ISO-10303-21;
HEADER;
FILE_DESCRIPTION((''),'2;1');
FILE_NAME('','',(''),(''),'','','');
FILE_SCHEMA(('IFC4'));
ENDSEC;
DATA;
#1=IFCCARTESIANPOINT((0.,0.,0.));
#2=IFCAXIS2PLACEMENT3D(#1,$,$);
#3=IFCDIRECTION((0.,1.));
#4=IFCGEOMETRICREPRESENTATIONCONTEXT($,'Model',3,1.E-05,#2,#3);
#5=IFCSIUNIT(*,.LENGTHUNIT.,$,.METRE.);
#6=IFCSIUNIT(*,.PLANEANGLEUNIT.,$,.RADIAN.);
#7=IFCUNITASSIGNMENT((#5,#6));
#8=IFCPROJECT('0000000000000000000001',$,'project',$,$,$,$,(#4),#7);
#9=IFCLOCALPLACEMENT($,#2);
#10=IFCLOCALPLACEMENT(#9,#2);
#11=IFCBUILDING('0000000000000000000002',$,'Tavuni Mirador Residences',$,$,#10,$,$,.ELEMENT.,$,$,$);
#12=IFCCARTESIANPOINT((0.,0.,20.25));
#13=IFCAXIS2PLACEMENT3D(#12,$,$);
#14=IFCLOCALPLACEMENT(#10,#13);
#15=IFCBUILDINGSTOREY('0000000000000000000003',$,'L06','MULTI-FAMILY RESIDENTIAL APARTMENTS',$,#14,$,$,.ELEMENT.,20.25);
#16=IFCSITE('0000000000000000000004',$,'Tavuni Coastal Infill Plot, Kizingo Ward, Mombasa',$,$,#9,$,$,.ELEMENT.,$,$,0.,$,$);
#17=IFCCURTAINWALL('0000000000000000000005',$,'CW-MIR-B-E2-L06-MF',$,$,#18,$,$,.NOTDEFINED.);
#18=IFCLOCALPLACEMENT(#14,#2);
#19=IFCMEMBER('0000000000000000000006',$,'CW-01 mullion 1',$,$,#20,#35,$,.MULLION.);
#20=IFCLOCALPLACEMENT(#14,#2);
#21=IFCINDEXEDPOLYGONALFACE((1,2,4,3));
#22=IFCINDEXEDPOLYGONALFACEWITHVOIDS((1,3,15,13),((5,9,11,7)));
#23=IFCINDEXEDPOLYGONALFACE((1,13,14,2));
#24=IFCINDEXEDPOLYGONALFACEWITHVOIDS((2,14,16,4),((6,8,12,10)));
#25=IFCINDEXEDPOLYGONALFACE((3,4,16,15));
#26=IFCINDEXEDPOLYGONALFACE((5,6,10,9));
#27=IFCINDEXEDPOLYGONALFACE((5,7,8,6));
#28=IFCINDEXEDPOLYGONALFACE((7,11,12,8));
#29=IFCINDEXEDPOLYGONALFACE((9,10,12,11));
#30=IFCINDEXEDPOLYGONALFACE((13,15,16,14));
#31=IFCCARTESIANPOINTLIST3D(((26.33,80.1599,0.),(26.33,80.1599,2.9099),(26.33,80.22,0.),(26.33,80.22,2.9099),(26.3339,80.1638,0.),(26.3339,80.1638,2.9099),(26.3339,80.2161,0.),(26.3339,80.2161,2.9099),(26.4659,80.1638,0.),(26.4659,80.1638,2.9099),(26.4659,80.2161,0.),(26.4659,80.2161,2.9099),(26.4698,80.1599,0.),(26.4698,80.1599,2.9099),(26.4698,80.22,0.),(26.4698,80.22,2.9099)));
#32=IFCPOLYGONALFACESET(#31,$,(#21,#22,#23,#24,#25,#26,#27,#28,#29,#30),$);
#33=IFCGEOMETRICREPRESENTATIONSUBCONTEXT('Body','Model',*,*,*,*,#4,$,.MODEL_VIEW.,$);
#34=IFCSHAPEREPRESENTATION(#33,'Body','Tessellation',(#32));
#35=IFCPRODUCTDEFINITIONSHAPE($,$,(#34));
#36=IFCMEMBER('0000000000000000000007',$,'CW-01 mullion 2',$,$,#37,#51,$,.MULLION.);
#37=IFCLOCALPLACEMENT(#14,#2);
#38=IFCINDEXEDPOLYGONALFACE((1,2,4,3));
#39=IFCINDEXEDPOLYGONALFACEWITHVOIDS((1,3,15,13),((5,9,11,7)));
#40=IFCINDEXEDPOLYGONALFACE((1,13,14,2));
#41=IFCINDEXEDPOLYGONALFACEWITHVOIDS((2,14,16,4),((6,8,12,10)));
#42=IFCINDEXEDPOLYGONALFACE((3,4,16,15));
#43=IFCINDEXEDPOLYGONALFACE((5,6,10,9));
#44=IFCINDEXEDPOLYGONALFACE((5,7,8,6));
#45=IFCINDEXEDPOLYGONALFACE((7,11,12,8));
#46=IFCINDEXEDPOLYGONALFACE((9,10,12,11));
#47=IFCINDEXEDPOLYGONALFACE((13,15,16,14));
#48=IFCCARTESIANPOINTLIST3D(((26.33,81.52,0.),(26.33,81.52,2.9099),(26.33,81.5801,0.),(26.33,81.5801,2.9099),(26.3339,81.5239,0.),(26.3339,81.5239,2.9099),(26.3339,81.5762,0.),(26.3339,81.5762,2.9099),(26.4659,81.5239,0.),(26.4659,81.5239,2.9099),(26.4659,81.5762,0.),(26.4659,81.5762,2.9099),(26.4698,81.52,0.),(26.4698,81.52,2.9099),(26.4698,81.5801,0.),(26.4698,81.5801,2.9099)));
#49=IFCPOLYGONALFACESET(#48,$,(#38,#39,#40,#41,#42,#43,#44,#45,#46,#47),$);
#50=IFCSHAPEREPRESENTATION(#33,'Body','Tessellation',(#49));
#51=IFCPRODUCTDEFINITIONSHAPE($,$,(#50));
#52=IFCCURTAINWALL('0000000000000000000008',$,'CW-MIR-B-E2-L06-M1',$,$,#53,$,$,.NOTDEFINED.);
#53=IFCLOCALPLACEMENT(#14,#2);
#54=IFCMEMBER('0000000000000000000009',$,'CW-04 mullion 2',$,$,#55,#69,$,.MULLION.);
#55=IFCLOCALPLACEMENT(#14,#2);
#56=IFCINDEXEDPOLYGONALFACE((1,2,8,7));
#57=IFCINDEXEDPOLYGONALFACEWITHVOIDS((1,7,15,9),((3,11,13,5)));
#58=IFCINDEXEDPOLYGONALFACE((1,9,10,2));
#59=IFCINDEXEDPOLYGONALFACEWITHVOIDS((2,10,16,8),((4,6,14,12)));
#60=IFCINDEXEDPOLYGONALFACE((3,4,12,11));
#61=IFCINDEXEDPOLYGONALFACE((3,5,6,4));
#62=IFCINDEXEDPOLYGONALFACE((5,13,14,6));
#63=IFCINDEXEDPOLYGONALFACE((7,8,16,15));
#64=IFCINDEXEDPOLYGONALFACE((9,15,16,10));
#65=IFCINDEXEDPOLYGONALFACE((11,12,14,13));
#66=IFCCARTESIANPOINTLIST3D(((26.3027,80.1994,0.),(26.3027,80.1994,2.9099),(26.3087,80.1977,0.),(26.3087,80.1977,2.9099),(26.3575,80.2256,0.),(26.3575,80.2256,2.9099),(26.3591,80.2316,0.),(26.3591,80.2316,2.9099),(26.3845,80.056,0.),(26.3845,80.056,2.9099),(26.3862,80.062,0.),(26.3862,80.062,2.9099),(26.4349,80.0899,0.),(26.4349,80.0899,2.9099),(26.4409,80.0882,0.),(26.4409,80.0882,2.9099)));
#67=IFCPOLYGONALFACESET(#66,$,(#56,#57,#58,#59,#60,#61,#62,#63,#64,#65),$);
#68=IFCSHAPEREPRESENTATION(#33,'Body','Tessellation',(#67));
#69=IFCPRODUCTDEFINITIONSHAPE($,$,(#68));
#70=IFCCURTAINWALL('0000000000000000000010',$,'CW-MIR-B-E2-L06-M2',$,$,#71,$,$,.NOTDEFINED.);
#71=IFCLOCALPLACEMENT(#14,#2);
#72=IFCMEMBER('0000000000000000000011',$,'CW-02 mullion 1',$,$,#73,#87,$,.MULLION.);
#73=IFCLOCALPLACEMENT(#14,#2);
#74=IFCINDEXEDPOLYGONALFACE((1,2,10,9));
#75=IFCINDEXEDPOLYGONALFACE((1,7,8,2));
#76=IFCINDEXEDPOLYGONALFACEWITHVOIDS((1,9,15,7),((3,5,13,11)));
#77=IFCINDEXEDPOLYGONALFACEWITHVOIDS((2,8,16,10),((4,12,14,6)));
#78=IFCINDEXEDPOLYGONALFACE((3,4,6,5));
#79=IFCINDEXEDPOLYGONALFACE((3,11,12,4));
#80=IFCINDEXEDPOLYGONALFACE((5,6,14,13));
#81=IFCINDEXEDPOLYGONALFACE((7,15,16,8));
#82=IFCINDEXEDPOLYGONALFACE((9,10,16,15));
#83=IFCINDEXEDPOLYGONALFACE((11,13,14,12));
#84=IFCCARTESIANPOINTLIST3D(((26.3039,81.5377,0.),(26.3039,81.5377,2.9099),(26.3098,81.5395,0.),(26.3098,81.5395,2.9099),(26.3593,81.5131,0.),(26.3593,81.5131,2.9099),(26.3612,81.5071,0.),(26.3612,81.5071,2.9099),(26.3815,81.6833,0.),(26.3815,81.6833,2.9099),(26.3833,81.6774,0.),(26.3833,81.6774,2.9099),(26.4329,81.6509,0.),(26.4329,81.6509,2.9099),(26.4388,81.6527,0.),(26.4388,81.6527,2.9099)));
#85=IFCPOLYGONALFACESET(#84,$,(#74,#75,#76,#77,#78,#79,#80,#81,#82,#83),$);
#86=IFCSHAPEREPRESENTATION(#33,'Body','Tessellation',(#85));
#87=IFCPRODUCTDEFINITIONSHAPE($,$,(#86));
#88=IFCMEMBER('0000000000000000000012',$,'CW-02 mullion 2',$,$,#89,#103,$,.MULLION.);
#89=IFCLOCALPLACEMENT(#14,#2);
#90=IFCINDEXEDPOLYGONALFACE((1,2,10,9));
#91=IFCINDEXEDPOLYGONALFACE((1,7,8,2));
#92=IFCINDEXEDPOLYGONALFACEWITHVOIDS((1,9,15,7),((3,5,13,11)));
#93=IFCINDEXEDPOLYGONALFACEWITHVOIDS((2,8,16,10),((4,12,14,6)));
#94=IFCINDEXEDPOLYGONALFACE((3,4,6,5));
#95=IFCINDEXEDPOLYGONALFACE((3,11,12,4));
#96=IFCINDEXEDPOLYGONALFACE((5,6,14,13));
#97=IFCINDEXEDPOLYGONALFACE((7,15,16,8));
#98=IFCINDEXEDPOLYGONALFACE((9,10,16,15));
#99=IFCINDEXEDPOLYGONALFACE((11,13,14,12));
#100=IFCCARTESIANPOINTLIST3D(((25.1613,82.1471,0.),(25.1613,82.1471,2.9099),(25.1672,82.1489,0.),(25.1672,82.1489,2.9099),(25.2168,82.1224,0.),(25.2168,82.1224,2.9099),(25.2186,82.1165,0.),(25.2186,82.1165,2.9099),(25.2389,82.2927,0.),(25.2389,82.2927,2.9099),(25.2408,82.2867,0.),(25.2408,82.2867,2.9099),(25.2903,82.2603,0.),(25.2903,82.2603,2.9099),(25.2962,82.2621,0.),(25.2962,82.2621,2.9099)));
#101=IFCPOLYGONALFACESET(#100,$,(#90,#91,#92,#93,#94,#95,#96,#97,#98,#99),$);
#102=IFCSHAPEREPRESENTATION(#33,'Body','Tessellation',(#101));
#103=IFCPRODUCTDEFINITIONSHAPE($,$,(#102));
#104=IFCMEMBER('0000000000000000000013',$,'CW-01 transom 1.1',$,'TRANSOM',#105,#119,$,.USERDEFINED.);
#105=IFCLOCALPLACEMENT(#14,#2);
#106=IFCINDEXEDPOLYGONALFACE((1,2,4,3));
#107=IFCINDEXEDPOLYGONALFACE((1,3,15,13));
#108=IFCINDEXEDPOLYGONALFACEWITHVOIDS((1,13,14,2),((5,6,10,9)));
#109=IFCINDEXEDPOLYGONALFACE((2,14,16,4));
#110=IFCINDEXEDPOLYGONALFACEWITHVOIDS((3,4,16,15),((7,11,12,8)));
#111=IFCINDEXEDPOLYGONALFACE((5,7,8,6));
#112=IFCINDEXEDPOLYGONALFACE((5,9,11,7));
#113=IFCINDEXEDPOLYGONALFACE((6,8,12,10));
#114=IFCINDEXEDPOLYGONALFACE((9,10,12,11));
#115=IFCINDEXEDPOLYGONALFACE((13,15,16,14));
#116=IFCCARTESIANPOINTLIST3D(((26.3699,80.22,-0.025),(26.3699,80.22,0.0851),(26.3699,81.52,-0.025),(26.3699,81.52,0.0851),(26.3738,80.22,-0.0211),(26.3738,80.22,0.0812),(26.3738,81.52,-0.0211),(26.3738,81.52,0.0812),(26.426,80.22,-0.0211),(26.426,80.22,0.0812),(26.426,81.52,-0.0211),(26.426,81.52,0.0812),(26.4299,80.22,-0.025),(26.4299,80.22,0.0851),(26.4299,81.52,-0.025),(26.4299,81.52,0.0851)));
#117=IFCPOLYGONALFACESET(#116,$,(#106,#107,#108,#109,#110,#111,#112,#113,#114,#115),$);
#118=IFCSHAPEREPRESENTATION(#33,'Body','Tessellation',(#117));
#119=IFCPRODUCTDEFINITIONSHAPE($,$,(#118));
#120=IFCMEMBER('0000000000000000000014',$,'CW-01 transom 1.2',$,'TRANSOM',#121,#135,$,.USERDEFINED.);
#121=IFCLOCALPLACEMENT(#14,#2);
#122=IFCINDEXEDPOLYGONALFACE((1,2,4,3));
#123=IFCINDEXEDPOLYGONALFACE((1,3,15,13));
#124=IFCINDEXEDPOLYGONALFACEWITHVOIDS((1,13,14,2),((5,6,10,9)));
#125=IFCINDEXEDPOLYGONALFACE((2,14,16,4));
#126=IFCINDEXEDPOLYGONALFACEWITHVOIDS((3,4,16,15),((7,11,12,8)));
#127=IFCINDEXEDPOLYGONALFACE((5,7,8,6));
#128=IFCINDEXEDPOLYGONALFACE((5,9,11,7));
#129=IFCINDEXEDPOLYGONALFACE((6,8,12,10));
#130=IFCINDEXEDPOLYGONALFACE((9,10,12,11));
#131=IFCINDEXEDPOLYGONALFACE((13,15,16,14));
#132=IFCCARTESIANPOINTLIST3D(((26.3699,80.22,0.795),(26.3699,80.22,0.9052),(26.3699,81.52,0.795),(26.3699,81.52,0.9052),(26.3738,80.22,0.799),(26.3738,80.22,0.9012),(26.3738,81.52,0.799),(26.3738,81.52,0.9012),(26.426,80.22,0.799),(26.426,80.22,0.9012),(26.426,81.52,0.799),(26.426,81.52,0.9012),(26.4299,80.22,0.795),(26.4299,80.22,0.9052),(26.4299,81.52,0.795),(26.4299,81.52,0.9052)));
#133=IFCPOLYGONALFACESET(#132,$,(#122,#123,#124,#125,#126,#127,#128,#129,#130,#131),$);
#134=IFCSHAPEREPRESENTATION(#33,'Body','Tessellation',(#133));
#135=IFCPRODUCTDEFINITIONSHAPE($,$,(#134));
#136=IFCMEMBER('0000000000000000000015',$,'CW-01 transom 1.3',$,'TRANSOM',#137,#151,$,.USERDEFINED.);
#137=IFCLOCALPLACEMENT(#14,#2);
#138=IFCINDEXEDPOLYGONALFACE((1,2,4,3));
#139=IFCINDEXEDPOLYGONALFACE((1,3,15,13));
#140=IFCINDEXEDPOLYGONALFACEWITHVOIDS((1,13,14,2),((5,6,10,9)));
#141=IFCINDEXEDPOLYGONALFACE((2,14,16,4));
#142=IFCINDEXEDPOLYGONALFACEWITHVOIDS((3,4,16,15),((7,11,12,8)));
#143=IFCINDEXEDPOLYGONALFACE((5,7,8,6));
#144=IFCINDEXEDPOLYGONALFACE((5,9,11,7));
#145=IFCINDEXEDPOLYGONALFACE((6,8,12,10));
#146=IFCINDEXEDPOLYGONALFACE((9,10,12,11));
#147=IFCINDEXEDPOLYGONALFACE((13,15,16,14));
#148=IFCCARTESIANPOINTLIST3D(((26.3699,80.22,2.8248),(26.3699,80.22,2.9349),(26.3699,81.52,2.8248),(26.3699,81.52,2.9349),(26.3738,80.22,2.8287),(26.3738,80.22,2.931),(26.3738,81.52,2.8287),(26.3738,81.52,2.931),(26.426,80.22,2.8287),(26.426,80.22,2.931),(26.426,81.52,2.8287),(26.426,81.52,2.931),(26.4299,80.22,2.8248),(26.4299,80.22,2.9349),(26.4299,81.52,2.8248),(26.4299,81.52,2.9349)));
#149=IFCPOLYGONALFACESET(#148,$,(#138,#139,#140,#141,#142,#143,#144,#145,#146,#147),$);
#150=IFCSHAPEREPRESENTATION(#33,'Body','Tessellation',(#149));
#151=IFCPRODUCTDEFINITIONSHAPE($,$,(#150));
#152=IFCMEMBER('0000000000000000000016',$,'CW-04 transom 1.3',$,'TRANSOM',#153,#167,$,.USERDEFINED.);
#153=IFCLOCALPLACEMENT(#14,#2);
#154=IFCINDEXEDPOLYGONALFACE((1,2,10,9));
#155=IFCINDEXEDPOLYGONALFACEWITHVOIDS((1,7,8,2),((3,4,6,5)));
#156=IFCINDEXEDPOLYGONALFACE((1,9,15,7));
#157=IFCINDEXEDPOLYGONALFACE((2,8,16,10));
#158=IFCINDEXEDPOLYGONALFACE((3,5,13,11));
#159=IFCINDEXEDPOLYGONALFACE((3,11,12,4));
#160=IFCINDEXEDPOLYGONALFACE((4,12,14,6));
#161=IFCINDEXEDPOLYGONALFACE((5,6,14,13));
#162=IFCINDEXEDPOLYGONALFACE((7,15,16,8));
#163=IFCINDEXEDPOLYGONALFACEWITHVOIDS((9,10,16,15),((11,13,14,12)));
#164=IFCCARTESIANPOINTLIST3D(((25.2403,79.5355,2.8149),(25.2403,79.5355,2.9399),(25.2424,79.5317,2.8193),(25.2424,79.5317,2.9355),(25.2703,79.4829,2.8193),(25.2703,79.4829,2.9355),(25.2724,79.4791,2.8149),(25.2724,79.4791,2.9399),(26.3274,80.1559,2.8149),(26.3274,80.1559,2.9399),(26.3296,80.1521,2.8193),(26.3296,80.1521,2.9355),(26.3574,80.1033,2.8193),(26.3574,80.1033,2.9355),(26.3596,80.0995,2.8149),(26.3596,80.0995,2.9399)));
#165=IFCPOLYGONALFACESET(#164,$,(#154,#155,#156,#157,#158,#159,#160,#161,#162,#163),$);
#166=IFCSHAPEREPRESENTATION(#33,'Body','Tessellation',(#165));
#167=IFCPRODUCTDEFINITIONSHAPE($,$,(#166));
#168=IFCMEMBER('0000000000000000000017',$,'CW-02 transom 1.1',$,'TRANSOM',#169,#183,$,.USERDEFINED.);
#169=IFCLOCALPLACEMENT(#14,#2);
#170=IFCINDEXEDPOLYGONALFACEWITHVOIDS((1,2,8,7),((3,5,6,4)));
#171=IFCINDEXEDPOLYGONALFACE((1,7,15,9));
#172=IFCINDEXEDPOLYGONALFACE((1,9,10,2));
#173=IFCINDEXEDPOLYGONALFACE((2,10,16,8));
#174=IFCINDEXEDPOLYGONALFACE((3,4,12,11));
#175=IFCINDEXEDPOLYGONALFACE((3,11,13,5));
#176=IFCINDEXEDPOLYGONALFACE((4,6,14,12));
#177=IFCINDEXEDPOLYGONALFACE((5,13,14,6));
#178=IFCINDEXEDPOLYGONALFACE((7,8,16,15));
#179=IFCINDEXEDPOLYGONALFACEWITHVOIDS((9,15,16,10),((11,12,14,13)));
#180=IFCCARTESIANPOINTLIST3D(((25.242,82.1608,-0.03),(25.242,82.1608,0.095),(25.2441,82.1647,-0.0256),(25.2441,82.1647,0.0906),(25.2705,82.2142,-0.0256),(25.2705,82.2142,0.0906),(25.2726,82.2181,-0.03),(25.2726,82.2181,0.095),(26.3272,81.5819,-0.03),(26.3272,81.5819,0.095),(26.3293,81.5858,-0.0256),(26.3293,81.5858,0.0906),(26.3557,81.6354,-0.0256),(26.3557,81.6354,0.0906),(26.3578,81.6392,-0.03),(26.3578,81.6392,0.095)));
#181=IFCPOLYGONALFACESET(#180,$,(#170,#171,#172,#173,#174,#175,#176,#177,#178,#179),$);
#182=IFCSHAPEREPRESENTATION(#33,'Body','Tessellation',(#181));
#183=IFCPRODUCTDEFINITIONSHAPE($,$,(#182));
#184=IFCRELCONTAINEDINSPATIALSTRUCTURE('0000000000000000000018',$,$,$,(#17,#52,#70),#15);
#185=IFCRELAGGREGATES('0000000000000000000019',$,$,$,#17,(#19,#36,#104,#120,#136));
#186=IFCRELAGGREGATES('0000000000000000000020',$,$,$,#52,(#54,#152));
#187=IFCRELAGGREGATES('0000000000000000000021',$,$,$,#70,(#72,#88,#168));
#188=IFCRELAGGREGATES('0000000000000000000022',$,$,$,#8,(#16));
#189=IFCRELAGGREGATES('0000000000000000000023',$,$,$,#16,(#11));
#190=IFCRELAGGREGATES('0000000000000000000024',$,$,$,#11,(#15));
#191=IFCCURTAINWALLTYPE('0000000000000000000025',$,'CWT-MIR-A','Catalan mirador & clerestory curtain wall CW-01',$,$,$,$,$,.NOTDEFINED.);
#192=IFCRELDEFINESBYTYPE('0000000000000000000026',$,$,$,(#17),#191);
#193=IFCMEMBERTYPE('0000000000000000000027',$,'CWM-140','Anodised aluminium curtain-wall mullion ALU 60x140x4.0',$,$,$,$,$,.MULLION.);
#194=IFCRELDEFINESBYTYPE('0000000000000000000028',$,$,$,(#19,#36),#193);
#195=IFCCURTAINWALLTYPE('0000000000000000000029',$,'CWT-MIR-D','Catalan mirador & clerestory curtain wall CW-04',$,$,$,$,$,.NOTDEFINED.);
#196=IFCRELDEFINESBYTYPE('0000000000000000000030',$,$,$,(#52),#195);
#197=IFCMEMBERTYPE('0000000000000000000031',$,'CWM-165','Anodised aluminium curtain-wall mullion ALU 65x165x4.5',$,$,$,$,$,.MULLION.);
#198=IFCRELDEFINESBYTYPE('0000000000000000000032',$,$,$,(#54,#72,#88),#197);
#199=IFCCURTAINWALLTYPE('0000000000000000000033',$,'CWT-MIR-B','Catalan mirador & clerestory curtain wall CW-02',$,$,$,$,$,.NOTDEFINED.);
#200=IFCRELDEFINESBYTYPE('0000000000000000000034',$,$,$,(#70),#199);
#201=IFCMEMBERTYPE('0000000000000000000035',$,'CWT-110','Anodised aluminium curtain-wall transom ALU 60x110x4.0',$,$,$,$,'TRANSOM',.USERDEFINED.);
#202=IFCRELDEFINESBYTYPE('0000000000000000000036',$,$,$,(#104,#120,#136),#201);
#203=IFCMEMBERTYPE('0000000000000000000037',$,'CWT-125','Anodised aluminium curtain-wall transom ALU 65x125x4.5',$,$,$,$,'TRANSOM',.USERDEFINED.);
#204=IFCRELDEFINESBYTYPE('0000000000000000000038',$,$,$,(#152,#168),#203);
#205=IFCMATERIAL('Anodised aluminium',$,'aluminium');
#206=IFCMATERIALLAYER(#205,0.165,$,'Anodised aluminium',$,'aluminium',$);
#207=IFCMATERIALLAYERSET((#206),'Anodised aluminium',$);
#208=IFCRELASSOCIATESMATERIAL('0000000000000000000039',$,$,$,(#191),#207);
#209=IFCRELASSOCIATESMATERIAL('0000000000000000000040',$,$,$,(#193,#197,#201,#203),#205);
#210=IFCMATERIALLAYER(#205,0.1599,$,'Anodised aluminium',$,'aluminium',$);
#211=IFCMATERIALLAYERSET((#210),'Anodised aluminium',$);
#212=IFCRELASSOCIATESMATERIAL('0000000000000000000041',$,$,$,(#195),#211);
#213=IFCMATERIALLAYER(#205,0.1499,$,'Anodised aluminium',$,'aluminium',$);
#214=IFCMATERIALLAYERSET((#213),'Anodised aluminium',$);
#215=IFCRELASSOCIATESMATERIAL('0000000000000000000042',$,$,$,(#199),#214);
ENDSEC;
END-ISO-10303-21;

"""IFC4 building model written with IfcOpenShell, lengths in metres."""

from ifc_helpers import new_model, si_unit, direction, frame, origin, origin_2d, place, context, subcontext, project, spatial, hollow_rectangle, extrude, material, layer, layer_set, material_profile, profile_set, type_object, element, aggregate, save


model = new_model("IFC4")

# Units and contexts
model_context = context("Model", 3, precision=1e-05, world=origin(), true_north=direction((0.0, 1.0)))
body_context = subcontext(model_context, "Body", "Model", "MODEL_VIEW")
ifc_project = project(units=[si_unit("LENGTHUNIT", "METRE"), si_unit("PLANEANGLEUNIT", "RADIAN")], contexts=[model_context])

# Site, building, storey
site_placement = place(None, origin())
site = spatial("IfcSite", under=ifc_project, at=site_placement, Name="Tavuni Coastal Infill Plot, Kizingo Ward, Mombasa", CompositionType="ELEMENT", RefElevation=0.0)
building_placement = place(site_placement, origin())
building = spatial("IfcBuilding", under=site, at=building_placement, Name="Tavuni Mirador Residences", CompositionType="ELEMENT")
storey_placement = place(building_placement, frame((0.0, 0.0, 20.25)))
storey = spatial("IfcBuildingStorey", under=building, at=storey_placement, Name="L06", Description="MULTI-FAMILY RESIDENTIAL APARTMENTS", CompositionType="ELEMENT", Elevation=20.25)

# Curtain wall, members
ifc_material_1 = material(Name="Anodised aluminium", Category="aluminium")
ifc_layer_1 = layer(ifc_material_1, 0.165, Name="Anodised aluminium", Category="aluminium")
ifc_layer_set_1 = layer_set([ifc_layer_1], Name="Anodised aluminium")
curtain_wall_type_1 = type_object("IfcCurtainWallType", Name="CWT-MIR-A", Description="Catalan mirador & clerestory curtain wall CW-01", PredefinedType="NOTDEFINED", material=ifc_layer_set_1)
curtain_wall_1_placement = place(storey_placement, origin())
curtain_wall_1 = element("IfcCurtainWall", 1, at=curtain_wall_1_placement, inside=storey, type_object=curtain_wall_type_1, Name="CW-MIR-B-E2-L06-MF", PredefinedType="NOTDEFINED")
ifc_material_profile_1 = material_profile(ifc_material_1, hollow_rectangle(XDim=0.0601, YDim=0.1399, WallThickness=0.0039, at=origin_2d()), Name="ALU 60x140x4.0", Category="aluminium")
ifc_profile_set_1 = profile_set([ifc_material_profile_1], Name="Anodised aluminium")
member_type_1 = type_object("IfcMemberType", Name="CWM-140", Description="Anodised aluminium curtain-wall mullion ALU 60x140x4.0", PredefinedType="MULLION", material=ifc_profile_set_1)
member_1_placement = place(storey_placement, frame((26.3999, 80.1899, 0.0), z_axis=(0.0, 0.0, 1.0), x_axis=(0.0, 1.0, 0.0)))
member_1 = element("IfcMember", 2, at=member_1_placement, type_object=member_type_1, Name="CW-01 mullion 1", PredefinedType="MULLION", context=body_context, shape_type="SweptSolid", body=[
    extrude(hollow_rectangle(XDim=0.0601, YDim=0.1399, WallThickness=0.0039, at=origin_2d()), origin(), (0.0, 0.0, 1.0), 2.9099),
])
member_2_placement = place(storey_placement, frame((26.3999, 81.55, 0.0), z_axis=(0.0, 0.0, 1.0), x_axis=(0.0, 1.0, 0.0)))
member_2 = element("IfcMember", 3, at=member_2_placement, type_object=member_type_1, Name="CW-01 mullion 2", PredefinedType="MULLION", context=body_context, shape_type="SweptSolid", body=[
    extrude(hollow_rectangle(XDim=0.0601, YDim=0.1399, WallThickness=0.0039, at=origin_2d()), origin(), (0.0, 0.0, 1.0), 2.9099),
])

# Curtain wall, member
ifc_layer_2 = layer(ifc_material_1, 0.1599, Name="Anodised aluminium", Category="aluminium")
ifc_layer_set_2 = layer_set([ifc_layer_2], Name="Anodised aluminium")
curtain_wall_type_2 = type_object("IfcCurtainWallType", Name="CWT-MIR-D", Description="Catalan mirador & clerestory curtain wall CW-04", PredefinedType="NOTDEFINED", material=ifc_layer_set_2)
curtain_wall_2_placement = place(storey_placement, origin())
curtain_wall_2 = element("IfcCurtainWall", 4, at=curtain_wall_2_placement, inside=storey, type_object=curtain_wall_type_2, Name="CW-MIR-B-E2-L06-M1", PredefinedType="NOTDEFINED")
ifc_material_profile_2 = material_profile(ifc_material_1, hollow_rectangle(XDim=0.0649, YDim=0.165, WallThickness=0.0044, at=origin_2d()), Name="ALU 65x165x4.5", Category="aluminium")
ifc_profile_set_2 = profile_set([ifc_material_profile_2], Name="Anodised aluminium")
member_type_2 = type_object("IfcMemberType", Name="CWM-165", Description="Anodised aluminium curtain-wall mullion ALU 65x165x4.5", PredefinedType="MULLION", material=ifc_profile_set_2)
member_3_placement = place(storey_placement, frame((26.3718, 80.1438, 0.0), z_axis=(0.0, 0.0, 1.0), x_axis=(0.868466, 0.495749, 0.0)))
member_3 = element("IfcMember", 5, at=member_3_placement, type_object=member_type_2, Name="CW-04 mullion 2", PredefinedType="MULLION", context=body_context, shape_type="SweptSolid", body=[
    extrude(hollow_rectangle(XDim=0.0649, YDim=0.165, WallThickness=0.0044, at=origin_2d()), origin(), (0.0, 0.0, 1.0), 2.9099),
])

# Curtain wall, members
ifc_layer_3 = layer(ifc_material_1, 0.1499, Name="Anodised aluminium", Category="aluminium")
ifc_layer_set_3 = layer_set([ifc_layer_3], Name="Anodised aluminium")
curtain_wall_type_3 = type_object("IfcCurtainWallType", Name="CWT-MIR-B", Description="Catalan mirador & clerestory curtain wall CW-02", PredefinedType="NOTDEFINED", material=ifc_layer_set_3)
curtain_wall_3_placement = place(storey_placement, origin())
curtain_wall_3 = element("IfcCurtainWall", 6, at=curtain_wall_3_placement, inside=storey, type_object=curtain_wall_type_3, Name="CW-MIR-B-E2-L06-M2", PredefinedType="NOTDEFINED")
member_4_placement = place(storey_placement, frame((26.3713, 81.5952, 0.0), z_axis=(0.0, 0.0, 1.0), x_axis=(-0.882353, 0.470588, 0.0)))
member_4 = element("IfcMember", 7, at=member_4_placement, type_object=member_type_2, Name="CW-02 mullion 1", PredefinedType="MULLION", context=body_context, shape_type="SweptSolid", body=[
    extrude(hollow_rectangle(XDim=0.0649, YDim=0.165, WallThickness=0.0044, at=origin_2d()), origin(), (0.0, 0.0, 1.0), 2.9099),
])
member_5_placement = place(storey_placement, frame((25.2288, 82.2046, 0.0), z_axis=(0.0, 0.0, 1.0), x_axis=(-0.882353, 0.470588, 0.0)))
member_5 = element("IfcMember", 8, at=member_5_placement, type_object=member_type_2, Name="CW-02 mullion 2", PredefinedType="MULLION", context=body_context, shape_type="SweptSolid", body=[
    extrude(hollow_rectangle(XDim=0.0649, YDim=0.165, WallThickness=0.0044, at=origin_2d()), origin(), (0.0, 0.0, 1.0), 2.9099),
])

# Members
ifc_material_profile_3 = material_profile(ifc_material_1, hollow_rectangle(XDim=0.0601, YDim=0.1101, WallThickness=0.0039, at=origin_2d()), Name="ALU 60x110x4.0", Category="aluminium")
ifc_profile_set_3 = profile_set([ifc_material_profile_3], Name="Anodised aluminium")
member_type_3 = type_object("IfcMemberType", Name="CWT-110", Description="Anodised aluminium curtain-wall transom ALU 60x110x4.0", ElementType="TRANSOM", PredefinedType="USERDEFINED", material=ifc_profile_set_3)
member_6_placement = place(storey_placement, frame((26.3999, 80.22, 0.03), z_axis=(0.0, 1.0, 0.0), x_axis=(-1.0, 0.0, 0.0)))
member_6 = element("IfcMember", 9, at=member_6_placement, type_object=member_type_3, Name="CW-01 transom 1.1", ObjectType="TRANSOM", PredefinedType="USERDEFINED", context=body_context, shape_type="SweptSolid", body=[
    extrude(hollow_rectangle(XDim=0.0601, YDim=0.1101, WallThickness=0.0039, at=origin_2d()), origin(), (0.0, 0.0, 1.0), 1.3),
])
member_7_placement = place(storey_placement, frame((26.3999, 80.22, 0.8501), z_axis=(0.0, 1.0, 0.0), x_axis=(-1.0, 0.0, 0.0)))
member_7 = element("IfcMember", 10, at=member_7_placement, type_object=member_type_3, Name="CW-01 transom 1.2", ObjectType="TRANSOM", PredefinedType="USERDEFINED", context=body_context, shape_type="SweptSolid", body=[
    extrude(hollow_rectangle(XDim=0.0601, YDim=0.1101, WallThickness=0.0039, at=origin_2d()), origin(), (0.0, 0.0, 1.0), 1.3),
])
member_8_placement = place(storey_placement, frame((26.3999, 80.22, 2.8799), z_axis=(0.0, 1.0, 0.0), x_axis=(-1.0, 0.0, 0.0)))
member_8 = element("IfcMember", 11, at=member_8_placement, type_object=member_type_3, Name="CW-01 transom 1.3", ObjectType="TRANSOM", PredefinedType="USERDEFINED", context=body_context, shape_type="SweptSolid", body=[
    extrude(hollow_rectangle(XDim=0.0601, YDim=0.1101, WallThickness=0.0039, at=origin_2d()), origin(), (0.0, 0.0, 1.0), 1.3),
])
ifc_material_profile_4 = material_profile(ifc_material_1, hollow_rectangle(XDim=0.0649, YDim=0.125, WallThickness=0.0044, at=origin_2d()), Name="ALU 65x125x4.5", Category="aluminium")
ifc_profile_set_4 = profile_set([ifc_material_profile_4], Name="Anodised aluminium")
member_type_4 = type_object("IfcMemberType", Name="CWT-125", Description="Anodised aluminium curtain-wall transom ALU 65x125x4.5", ElementType="TRANSOM", PredefinedType="USERDEFINED", material=ifc_profile_set_4)
member_9_placement = place(storey_placement, frame((25.2563, 79.5073, 2.8774), z_axis=(0.868543, 0.495614, 0.0), x_axis=(-0.495614, 0.868543, 0.0)))
member_9 = element("IfcMember", 12, at=member_9_placement, type_object=member_type_4, Name="CW-04 transom 1.3", ObjectType="TRANSOM", PredefinedType="USERDEFINED", context=body_context, shape_type="SweptSolid", body=[
    extrude(hollow_rectangle(XDim=0.0649, YDim=0.125, WallThickness=0.0044, at=origin_2d()), origin(), (0.0, 0.0, 1.0), 1.2517),
])
member_10_placement = place(storey_placement, frame((26.3425, 81.6106, 0.0325), z_axis=(-0.882325, 0.47064, 0.0), x_axis=(-0.47064, -0.882325, 0.0)))
member_10 = element("IfcMember", 13, at=member_10_placement, type_object=member_type_4, Name="CW-02 transom 1.1", ObjectType="TRANSOM", PredefinedType="USERDEFINED", context=body_context, shape_type="SweptSolid", body=[
    extrude(hollow_rectangle(XDim=0.0649, YDim=0.125, WallThickness=0.0044, at=origin_2d()), origin(), (0.0, 0.0, 1.0), 1.23),
])

aggregate(curtain_wall_1, [member_1, member_2, member_6, member_7, member_8])
aggregate(curtain_wall_2, [member_3, member_9])
aggregate(curtain_wall_3, [member_4, member_5, member_10])

save(model, "model.ifc")
